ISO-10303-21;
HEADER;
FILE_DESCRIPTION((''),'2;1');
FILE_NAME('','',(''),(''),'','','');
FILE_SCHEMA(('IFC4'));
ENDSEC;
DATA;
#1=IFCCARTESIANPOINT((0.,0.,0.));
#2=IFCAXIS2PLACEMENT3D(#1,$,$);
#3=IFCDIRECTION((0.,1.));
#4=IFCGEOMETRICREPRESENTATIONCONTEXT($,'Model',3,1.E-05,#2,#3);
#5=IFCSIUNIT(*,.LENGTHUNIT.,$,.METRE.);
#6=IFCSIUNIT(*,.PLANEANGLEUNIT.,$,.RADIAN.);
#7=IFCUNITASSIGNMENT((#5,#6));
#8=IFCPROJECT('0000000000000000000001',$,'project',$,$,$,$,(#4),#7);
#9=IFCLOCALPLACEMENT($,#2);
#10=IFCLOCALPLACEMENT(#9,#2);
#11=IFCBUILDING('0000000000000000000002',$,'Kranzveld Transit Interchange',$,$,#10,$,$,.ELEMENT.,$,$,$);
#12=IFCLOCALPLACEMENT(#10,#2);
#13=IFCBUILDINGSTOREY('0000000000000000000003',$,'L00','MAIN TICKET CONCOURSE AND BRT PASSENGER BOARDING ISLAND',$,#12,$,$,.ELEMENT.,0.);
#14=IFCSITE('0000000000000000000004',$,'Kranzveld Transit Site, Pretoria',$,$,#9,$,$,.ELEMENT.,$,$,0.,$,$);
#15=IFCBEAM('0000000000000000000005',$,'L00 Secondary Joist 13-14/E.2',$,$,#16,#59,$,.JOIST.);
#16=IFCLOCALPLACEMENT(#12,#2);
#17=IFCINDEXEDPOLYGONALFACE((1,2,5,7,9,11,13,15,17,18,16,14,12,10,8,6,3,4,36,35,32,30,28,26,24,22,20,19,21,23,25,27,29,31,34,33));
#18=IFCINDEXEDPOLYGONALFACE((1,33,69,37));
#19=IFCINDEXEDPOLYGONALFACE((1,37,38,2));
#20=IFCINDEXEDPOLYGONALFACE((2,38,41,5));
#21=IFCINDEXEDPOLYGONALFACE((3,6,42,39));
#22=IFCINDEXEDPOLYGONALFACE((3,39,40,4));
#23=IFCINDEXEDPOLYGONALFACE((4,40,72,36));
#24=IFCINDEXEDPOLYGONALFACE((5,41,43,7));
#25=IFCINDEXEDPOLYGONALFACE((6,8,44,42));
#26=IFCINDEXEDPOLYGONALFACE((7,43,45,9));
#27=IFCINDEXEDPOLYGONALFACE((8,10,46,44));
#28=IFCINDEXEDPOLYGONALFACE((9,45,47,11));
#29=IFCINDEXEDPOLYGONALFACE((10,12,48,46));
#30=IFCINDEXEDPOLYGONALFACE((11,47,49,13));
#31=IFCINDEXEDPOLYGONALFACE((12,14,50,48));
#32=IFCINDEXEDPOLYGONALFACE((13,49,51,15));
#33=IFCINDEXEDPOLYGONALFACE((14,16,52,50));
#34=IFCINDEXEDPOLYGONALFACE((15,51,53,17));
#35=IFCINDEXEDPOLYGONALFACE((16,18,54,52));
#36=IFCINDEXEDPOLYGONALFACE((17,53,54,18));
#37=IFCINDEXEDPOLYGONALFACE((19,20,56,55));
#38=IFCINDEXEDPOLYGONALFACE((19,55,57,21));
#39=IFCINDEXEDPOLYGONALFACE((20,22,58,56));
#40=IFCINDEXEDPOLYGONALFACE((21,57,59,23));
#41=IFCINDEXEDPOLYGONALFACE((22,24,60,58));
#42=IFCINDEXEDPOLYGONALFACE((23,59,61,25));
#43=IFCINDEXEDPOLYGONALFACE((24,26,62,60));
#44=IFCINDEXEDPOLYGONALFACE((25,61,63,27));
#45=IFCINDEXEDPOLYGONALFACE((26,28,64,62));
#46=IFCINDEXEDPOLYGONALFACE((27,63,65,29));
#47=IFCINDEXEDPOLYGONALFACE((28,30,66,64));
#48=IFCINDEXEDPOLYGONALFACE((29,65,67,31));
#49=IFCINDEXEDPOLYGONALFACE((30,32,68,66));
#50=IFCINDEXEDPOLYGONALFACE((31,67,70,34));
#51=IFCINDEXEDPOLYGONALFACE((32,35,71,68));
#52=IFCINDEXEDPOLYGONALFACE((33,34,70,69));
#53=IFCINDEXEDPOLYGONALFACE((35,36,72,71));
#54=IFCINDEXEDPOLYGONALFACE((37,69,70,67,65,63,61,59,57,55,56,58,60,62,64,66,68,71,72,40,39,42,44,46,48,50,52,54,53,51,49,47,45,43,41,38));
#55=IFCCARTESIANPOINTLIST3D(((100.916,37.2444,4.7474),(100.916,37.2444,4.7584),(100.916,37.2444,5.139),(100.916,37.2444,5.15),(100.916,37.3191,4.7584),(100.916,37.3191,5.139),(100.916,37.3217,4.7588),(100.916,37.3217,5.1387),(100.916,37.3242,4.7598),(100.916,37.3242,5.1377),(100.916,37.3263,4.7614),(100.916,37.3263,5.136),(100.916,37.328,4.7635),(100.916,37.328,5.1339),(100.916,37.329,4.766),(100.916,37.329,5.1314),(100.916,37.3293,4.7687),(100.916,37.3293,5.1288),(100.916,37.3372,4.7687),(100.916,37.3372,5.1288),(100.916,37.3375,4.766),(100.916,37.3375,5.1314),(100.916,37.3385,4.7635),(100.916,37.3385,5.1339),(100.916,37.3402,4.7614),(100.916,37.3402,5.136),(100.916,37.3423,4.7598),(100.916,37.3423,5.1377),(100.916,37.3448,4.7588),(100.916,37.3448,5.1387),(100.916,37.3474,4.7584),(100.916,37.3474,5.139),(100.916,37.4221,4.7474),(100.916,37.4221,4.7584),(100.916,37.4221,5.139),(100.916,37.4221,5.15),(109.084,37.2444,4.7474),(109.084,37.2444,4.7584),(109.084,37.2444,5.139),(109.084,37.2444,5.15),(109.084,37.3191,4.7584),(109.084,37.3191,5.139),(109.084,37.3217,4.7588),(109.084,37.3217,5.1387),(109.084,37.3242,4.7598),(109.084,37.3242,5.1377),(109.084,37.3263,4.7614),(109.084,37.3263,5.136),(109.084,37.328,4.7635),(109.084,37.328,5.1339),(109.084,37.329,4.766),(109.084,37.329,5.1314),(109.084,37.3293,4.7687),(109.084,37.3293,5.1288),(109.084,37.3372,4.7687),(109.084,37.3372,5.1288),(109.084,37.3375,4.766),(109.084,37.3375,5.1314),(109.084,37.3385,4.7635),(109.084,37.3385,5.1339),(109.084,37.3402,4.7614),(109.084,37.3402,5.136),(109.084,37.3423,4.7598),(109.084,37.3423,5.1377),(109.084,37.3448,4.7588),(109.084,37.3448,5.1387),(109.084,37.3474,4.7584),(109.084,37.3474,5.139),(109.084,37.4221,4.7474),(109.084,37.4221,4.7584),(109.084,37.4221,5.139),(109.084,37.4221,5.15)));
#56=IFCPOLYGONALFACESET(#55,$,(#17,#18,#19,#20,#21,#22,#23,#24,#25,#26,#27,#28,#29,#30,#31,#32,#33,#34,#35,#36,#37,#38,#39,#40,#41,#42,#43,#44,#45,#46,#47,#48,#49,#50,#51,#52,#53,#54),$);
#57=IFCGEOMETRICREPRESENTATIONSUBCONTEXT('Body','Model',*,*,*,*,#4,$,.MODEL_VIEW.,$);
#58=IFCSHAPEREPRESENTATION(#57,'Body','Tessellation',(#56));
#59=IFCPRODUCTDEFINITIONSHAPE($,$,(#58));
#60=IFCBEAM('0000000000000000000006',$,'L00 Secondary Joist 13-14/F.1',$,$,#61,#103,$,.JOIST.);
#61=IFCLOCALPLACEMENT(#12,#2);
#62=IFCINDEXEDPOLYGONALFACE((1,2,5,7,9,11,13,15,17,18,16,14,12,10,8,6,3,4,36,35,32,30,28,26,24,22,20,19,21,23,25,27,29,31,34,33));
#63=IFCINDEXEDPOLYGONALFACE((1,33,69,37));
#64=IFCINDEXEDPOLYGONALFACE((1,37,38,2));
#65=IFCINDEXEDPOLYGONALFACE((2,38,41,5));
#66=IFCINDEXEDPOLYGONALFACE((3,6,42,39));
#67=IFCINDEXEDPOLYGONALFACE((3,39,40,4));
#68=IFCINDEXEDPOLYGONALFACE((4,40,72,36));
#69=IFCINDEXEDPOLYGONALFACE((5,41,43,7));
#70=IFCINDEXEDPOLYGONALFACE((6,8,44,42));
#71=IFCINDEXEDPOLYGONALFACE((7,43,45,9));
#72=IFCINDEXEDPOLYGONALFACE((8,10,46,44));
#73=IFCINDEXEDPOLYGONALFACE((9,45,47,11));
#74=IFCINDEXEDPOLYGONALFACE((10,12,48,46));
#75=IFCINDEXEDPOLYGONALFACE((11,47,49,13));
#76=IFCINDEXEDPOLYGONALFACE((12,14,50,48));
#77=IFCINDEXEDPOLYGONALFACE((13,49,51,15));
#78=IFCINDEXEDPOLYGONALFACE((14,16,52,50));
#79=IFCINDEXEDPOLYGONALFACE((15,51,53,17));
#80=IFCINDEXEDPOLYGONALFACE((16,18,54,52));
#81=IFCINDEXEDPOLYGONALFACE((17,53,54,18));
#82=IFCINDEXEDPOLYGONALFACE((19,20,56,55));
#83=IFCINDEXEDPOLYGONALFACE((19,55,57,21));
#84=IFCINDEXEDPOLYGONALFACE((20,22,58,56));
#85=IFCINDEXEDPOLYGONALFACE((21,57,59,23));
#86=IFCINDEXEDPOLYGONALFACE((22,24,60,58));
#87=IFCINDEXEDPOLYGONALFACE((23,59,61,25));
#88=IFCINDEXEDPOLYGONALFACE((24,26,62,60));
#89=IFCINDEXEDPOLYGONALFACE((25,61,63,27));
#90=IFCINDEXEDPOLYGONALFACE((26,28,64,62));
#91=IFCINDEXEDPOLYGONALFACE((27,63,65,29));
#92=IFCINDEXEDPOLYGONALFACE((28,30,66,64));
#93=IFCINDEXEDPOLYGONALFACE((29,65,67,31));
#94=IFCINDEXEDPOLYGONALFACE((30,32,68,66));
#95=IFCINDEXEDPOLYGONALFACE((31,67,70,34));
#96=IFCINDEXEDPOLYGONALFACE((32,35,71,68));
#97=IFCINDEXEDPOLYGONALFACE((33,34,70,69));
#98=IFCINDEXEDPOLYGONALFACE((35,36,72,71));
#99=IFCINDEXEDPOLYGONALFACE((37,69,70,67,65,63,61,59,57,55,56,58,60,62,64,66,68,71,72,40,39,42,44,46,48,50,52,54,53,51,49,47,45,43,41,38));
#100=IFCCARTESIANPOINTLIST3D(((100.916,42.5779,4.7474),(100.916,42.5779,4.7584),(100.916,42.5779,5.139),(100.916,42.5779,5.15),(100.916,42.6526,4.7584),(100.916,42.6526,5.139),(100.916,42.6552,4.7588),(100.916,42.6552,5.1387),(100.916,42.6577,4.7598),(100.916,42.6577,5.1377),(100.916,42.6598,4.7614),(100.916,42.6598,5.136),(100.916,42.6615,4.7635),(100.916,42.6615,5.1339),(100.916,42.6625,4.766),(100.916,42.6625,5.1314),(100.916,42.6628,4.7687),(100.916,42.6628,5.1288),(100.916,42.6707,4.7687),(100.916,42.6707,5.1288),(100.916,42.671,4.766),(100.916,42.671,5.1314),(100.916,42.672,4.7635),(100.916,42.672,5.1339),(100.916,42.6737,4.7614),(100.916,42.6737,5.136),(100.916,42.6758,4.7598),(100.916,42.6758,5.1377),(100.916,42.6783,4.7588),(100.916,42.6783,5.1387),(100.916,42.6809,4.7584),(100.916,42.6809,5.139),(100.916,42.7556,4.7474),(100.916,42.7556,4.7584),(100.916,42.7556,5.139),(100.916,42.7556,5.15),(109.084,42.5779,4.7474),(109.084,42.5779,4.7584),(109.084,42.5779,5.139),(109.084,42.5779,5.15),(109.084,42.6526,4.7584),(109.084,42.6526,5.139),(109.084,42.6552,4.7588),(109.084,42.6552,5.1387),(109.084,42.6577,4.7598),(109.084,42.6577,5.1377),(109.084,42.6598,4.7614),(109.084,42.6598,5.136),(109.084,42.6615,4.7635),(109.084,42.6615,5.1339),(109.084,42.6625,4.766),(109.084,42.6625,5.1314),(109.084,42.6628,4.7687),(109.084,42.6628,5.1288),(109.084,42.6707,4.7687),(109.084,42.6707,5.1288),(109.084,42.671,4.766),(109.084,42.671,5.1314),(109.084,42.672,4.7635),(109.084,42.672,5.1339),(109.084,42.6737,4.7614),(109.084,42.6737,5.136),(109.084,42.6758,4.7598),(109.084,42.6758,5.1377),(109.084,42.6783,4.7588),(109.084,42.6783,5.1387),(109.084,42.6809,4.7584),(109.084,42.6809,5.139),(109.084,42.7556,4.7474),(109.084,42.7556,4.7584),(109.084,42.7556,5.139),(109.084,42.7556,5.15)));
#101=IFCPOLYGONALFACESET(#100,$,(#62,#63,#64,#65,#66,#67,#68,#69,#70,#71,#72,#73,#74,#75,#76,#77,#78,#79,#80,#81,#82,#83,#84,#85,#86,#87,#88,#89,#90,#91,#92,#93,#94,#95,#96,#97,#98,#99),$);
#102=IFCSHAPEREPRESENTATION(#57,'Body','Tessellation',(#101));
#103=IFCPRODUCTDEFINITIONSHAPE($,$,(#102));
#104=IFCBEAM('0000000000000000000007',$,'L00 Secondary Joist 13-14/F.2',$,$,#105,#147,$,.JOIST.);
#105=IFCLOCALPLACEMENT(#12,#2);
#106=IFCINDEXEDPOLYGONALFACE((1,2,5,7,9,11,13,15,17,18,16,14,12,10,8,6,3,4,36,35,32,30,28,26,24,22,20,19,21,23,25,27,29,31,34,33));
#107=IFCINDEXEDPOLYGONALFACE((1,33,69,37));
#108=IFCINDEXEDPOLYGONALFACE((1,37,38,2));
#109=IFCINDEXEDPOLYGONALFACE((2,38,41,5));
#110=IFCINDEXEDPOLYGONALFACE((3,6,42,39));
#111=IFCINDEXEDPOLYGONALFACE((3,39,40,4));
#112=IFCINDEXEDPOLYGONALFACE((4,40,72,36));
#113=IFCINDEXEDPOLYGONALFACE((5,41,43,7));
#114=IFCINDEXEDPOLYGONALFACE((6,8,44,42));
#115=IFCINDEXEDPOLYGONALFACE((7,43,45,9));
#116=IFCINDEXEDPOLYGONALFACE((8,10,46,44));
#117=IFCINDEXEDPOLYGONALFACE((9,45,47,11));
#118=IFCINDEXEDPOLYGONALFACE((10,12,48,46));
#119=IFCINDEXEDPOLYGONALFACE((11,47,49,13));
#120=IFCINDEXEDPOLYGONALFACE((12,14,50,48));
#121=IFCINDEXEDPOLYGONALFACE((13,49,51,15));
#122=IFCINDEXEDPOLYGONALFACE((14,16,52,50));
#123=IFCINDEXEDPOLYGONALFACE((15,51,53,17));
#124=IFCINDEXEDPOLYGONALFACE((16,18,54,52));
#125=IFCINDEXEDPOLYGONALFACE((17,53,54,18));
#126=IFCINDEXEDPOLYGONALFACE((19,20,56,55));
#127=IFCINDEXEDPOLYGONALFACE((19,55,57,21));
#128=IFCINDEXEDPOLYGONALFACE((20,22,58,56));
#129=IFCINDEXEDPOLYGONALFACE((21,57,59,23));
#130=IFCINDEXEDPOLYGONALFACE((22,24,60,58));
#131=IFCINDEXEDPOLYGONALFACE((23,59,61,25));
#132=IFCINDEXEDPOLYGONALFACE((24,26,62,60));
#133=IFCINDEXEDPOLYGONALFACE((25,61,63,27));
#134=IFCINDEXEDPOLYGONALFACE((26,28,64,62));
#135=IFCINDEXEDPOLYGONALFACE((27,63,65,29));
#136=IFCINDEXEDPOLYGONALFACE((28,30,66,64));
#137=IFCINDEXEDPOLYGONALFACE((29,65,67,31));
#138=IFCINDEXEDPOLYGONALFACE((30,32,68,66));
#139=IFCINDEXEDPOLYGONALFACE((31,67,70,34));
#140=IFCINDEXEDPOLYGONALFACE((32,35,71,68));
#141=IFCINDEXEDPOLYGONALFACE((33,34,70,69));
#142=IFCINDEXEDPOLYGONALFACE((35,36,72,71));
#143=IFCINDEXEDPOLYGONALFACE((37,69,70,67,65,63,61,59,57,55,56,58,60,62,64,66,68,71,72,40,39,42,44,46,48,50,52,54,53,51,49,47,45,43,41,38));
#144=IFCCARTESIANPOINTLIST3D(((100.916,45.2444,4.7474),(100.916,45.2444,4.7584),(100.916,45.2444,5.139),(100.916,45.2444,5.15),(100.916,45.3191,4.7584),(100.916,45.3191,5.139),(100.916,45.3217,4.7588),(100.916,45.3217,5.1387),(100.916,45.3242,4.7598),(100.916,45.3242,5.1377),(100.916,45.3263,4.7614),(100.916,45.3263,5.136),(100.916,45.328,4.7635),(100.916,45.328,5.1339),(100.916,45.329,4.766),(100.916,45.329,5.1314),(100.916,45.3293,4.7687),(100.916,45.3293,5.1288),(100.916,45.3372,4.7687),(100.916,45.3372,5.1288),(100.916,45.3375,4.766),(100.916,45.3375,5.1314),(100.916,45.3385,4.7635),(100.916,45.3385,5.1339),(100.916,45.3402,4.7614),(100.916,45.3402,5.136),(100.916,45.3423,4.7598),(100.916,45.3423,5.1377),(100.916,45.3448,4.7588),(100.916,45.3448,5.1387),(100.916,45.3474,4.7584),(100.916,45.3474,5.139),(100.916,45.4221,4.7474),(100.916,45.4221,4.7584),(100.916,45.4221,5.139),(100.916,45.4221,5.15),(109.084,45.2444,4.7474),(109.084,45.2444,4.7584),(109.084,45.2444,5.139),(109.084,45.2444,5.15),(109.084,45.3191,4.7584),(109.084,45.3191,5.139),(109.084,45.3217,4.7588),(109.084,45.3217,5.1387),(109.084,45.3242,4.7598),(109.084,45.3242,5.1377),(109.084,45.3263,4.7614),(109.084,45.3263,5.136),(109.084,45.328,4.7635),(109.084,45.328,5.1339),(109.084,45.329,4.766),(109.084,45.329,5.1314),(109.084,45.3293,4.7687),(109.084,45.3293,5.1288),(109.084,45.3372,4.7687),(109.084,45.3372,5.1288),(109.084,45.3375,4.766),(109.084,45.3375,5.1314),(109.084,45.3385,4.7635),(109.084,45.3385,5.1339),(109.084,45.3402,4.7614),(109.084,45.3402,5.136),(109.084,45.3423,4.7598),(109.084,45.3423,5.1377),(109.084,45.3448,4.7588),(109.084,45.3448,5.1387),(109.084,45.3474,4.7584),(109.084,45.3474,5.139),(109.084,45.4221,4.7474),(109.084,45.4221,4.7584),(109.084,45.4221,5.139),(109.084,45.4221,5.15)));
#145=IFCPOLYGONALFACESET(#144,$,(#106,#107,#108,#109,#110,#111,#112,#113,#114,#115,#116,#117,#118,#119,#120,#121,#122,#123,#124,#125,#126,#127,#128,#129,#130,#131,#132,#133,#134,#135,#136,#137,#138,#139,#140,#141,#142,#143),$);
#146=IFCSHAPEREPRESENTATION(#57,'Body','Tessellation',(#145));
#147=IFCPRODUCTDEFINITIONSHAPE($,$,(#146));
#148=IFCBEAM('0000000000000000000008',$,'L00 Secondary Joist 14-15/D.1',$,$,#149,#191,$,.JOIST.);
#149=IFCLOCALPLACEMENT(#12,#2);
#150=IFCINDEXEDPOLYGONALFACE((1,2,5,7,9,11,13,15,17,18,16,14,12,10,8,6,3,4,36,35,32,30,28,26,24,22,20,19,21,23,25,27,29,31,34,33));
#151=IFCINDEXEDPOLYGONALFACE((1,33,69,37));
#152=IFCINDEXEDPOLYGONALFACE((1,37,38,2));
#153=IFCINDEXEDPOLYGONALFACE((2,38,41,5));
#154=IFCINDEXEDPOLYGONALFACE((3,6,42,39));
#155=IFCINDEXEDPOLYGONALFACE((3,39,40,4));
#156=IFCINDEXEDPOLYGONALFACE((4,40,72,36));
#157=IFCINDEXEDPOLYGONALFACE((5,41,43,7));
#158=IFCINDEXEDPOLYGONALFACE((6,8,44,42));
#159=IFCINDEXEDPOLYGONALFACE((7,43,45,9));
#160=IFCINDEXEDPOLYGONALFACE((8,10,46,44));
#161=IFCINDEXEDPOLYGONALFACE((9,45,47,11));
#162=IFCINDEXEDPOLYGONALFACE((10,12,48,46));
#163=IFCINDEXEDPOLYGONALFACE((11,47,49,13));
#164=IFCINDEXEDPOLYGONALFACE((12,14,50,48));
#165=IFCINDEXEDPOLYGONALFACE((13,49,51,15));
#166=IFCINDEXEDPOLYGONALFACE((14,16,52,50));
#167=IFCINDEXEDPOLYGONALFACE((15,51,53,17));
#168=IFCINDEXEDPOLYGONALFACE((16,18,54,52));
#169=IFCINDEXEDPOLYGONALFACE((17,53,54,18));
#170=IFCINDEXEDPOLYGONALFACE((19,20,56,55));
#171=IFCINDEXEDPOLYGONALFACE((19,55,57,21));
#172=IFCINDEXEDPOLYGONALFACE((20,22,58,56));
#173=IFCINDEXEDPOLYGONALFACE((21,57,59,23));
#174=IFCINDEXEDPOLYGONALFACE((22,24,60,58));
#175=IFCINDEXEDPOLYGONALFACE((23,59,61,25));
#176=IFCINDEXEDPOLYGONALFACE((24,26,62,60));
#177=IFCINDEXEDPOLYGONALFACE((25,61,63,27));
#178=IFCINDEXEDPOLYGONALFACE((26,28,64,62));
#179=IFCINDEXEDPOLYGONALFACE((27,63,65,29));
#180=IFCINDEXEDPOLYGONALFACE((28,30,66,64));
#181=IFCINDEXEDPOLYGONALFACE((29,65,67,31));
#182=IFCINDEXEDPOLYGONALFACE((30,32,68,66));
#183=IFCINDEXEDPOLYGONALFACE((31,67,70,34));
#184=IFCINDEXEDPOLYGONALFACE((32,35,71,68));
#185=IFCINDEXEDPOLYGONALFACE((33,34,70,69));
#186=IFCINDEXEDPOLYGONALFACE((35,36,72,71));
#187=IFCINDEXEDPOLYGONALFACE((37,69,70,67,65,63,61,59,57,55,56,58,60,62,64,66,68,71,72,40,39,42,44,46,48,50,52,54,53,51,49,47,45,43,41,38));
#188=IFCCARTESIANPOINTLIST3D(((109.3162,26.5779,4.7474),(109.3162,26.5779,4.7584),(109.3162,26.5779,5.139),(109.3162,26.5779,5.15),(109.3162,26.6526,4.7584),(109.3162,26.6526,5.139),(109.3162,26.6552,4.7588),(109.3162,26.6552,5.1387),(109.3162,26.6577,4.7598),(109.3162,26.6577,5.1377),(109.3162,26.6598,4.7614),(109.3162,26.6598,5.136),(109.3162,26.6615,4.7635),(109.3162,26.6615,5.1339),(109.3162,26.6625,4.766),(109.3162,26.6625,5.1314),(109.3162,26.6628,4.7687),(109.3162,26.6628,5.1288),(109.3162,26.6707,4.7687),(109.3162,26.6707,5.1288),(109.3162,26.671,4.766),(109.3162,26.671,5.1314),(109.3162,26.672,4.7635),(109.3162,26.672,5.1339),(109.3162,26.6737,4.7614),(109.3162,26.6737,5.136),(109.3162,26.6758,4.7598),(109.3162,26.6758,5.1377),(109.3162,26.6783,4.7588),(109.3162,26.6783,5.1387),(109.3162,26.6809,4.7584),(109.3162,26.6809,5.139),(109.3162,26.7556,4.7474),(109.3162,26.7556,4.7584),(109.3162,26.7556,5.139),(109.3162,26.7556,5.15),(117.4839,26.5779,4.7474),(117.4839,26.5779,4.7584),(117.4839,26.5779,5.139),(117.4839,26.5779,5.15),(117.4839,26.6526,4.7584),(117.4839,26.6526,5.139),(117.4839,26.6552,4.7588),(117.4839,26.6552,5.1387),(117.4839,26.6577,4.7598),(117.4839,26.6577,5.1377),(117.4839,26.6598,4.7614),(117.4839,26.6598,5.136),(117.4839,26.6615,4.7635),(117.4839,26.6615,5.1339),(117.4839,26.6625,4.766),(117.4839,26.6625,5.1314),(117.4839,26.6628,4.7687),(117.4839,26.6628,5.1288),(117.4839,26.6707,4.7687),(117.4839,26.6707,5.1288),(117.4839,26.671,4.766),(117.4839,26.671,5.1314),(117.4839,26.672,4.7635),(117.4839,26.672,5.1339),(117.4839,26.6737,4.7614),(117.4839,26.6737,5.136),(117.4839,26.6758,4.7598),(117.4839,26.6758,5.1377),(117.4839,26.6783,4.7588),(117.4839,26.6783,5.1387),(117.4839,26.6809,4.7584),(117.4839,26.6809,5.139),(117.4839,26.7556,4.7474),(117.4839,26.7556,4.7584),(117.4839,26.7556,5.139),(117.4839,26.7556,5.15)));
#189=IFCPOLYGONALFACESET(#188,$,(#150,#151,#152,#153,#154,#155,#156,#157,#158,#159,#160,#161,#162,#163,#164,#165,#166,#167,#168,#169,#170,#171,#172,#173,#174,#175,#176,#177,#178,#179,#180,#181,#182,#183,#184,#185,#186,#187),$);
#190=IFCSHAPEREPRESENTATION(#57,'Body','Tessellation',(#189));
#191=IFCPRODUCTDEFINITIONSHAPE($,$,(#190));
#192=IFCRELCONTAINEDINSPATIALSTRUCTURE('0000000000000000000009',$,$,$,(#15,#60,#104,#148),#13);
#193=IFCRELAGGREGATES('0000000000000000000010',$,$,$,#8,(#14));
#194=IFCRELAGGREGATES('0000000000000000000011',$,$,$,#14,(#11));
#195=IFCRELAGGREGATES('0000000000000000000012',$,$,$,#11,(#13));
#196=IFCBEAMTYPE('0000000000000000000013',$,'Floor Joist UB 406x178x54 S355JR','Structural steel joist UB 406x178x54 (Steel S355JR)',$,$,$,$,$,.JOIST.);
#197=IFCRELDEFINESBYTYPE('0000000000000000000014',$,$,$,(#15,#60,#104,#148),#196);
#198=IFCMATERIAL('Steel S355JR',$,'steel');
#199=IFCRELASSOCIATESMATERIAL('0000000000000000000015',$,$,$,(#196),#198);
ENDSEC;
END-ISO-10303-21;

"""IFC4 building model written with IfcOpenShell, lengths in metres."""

from ifc_helpers import new_model, si_unit, direction, frame, origin, origin_2d, place, context, subcontext, project, spatial, i_section, extrude, material, material_profile, profile_set, type_object, element, save


model = new_model("IFC4")

# Units and contexts
model_context = context("Model", 3, precision=1e-05, world=origin(), true_north=direction((0.0, 1.0)))
body_context = subcontext(model_context, "Body", "Model", "MODEL_VIEW")
ifc_project = project(units=[si_unit("LENGTHUNIT", "METRE"), si_unit("PLANEANGLEUNIT", "RADIAN")], contexts=[model_context])

# Site, building, storey
site_placement = place(None, origin())
site = spatial("IfcSite", under=ifc_project, at=site_placement, Name="Kranzveld Transit Site, Pretoria", CompositionType="ELEMENT", RefElevation=0.0)
building_placement = place(site_placement, origin())
building = spatial("IfcBuilding", under=site, at=building_placement, Name="Kranzveld Transit Interchange", CompositionType="ELEMENT")
storey_placement = place(building_placement, origin())
storey = spatial("IfcBuildingStorey", under=building, at=storey_placement, Name="L00", Description="MAIN TICKET CONCOURSE AND BRT PASSENGER BOARDING ISLAND", CompositionType="ELEMENT", Elevation=0.0)

# Beams
ifc_material_1 = material(Name="Steel S355JR", Category="steel")
ifc_material_profile_1 = material_profile(ifc_material_1, i_section(OverallWidth=0.1777, OverallDepth=0.4026, WebThickness=0.0078, FlangeThickness=0.011, FilletRadius=0.0103, at=origin_2d()), Name="UB 406x178x54")
ifc_profile_set_1 = profile_set([ifc_material_profile_1], Name="Steel S355JR")
beam_type_1 = type_object("IfcBeamType", Name="Floor Joist UB 406x178x54 S355JR", Description="Structural steel joist UB 406x178x54 (Steel S355JR)", PredefinedType="JOIST", material=ifc_profile_set_1)
for number, where, z_axis, x_axis, name in (
    (1, (100.916, 37.3333, 4.9487), (1.0, 0.0, 0.0), (0.0, 1.0, 0.0), "L00 Secondary Joist 13-14/E.2"),
    (2, (100.916, 42.6667, 4.9487), (1.0, 0.0, 0.0), (0.0, 1.0, 0.0), "L00 Secondary Joist 13-14/F.1"),
    (3, (100.916, 45.3333, 4.9487), (1.0, 0.0, 0.0), (0.0, 1.0, 0.0), "L00 Secondary Joist 13-14/F.2"),
):
    element("IfcBeam", number, at=place(storey_placement, frame(where, z_axis=z_axis, x_axis=x_axis)), inside=storey, type_object=beam_type_1, Name=name, PredefinedType="JOIST", context=body_context, shape_type="SweptSolid", body=[
        extrude(i_section(OverallWidth=0.1777, OverallDepth=0.4026, WebThickness=0.0078, FlangeThickness=0.011, FilletRadius=0.0103, at=origin_2d()), origin(), (0.0, 0.0, 1.0), 8.168),
    ])
for number, where, z_axis, x_axis, name in (
    (4, (109.3162, 26.6667, 4.9487), (1.0, 0.0, 0.0), (0.0, 1.0, 0.0), "L00 Secondary Joist 14-15/D.1"),
):
    element("IfcBeam", number, at=place(storey_placement, frame(where, z_axis=z_axis, x_axis=x_axis)), inside=storey, type_object=beam_type_1, Name=name, PredefinedType="JOIST", context=body_context, shape_type="SweptSolid", body=[
        extrude(i_section(OverallWidth=0.1777, OverallDepth=0.4026, WebThickness=0.0078, FlangeThickness=0.011, FilletRadius=0.0103, at=origin_2d()), origin(), (0.0, 0.0, 1.0), 8.1677),
    ])

save(model, "model.ifc")
